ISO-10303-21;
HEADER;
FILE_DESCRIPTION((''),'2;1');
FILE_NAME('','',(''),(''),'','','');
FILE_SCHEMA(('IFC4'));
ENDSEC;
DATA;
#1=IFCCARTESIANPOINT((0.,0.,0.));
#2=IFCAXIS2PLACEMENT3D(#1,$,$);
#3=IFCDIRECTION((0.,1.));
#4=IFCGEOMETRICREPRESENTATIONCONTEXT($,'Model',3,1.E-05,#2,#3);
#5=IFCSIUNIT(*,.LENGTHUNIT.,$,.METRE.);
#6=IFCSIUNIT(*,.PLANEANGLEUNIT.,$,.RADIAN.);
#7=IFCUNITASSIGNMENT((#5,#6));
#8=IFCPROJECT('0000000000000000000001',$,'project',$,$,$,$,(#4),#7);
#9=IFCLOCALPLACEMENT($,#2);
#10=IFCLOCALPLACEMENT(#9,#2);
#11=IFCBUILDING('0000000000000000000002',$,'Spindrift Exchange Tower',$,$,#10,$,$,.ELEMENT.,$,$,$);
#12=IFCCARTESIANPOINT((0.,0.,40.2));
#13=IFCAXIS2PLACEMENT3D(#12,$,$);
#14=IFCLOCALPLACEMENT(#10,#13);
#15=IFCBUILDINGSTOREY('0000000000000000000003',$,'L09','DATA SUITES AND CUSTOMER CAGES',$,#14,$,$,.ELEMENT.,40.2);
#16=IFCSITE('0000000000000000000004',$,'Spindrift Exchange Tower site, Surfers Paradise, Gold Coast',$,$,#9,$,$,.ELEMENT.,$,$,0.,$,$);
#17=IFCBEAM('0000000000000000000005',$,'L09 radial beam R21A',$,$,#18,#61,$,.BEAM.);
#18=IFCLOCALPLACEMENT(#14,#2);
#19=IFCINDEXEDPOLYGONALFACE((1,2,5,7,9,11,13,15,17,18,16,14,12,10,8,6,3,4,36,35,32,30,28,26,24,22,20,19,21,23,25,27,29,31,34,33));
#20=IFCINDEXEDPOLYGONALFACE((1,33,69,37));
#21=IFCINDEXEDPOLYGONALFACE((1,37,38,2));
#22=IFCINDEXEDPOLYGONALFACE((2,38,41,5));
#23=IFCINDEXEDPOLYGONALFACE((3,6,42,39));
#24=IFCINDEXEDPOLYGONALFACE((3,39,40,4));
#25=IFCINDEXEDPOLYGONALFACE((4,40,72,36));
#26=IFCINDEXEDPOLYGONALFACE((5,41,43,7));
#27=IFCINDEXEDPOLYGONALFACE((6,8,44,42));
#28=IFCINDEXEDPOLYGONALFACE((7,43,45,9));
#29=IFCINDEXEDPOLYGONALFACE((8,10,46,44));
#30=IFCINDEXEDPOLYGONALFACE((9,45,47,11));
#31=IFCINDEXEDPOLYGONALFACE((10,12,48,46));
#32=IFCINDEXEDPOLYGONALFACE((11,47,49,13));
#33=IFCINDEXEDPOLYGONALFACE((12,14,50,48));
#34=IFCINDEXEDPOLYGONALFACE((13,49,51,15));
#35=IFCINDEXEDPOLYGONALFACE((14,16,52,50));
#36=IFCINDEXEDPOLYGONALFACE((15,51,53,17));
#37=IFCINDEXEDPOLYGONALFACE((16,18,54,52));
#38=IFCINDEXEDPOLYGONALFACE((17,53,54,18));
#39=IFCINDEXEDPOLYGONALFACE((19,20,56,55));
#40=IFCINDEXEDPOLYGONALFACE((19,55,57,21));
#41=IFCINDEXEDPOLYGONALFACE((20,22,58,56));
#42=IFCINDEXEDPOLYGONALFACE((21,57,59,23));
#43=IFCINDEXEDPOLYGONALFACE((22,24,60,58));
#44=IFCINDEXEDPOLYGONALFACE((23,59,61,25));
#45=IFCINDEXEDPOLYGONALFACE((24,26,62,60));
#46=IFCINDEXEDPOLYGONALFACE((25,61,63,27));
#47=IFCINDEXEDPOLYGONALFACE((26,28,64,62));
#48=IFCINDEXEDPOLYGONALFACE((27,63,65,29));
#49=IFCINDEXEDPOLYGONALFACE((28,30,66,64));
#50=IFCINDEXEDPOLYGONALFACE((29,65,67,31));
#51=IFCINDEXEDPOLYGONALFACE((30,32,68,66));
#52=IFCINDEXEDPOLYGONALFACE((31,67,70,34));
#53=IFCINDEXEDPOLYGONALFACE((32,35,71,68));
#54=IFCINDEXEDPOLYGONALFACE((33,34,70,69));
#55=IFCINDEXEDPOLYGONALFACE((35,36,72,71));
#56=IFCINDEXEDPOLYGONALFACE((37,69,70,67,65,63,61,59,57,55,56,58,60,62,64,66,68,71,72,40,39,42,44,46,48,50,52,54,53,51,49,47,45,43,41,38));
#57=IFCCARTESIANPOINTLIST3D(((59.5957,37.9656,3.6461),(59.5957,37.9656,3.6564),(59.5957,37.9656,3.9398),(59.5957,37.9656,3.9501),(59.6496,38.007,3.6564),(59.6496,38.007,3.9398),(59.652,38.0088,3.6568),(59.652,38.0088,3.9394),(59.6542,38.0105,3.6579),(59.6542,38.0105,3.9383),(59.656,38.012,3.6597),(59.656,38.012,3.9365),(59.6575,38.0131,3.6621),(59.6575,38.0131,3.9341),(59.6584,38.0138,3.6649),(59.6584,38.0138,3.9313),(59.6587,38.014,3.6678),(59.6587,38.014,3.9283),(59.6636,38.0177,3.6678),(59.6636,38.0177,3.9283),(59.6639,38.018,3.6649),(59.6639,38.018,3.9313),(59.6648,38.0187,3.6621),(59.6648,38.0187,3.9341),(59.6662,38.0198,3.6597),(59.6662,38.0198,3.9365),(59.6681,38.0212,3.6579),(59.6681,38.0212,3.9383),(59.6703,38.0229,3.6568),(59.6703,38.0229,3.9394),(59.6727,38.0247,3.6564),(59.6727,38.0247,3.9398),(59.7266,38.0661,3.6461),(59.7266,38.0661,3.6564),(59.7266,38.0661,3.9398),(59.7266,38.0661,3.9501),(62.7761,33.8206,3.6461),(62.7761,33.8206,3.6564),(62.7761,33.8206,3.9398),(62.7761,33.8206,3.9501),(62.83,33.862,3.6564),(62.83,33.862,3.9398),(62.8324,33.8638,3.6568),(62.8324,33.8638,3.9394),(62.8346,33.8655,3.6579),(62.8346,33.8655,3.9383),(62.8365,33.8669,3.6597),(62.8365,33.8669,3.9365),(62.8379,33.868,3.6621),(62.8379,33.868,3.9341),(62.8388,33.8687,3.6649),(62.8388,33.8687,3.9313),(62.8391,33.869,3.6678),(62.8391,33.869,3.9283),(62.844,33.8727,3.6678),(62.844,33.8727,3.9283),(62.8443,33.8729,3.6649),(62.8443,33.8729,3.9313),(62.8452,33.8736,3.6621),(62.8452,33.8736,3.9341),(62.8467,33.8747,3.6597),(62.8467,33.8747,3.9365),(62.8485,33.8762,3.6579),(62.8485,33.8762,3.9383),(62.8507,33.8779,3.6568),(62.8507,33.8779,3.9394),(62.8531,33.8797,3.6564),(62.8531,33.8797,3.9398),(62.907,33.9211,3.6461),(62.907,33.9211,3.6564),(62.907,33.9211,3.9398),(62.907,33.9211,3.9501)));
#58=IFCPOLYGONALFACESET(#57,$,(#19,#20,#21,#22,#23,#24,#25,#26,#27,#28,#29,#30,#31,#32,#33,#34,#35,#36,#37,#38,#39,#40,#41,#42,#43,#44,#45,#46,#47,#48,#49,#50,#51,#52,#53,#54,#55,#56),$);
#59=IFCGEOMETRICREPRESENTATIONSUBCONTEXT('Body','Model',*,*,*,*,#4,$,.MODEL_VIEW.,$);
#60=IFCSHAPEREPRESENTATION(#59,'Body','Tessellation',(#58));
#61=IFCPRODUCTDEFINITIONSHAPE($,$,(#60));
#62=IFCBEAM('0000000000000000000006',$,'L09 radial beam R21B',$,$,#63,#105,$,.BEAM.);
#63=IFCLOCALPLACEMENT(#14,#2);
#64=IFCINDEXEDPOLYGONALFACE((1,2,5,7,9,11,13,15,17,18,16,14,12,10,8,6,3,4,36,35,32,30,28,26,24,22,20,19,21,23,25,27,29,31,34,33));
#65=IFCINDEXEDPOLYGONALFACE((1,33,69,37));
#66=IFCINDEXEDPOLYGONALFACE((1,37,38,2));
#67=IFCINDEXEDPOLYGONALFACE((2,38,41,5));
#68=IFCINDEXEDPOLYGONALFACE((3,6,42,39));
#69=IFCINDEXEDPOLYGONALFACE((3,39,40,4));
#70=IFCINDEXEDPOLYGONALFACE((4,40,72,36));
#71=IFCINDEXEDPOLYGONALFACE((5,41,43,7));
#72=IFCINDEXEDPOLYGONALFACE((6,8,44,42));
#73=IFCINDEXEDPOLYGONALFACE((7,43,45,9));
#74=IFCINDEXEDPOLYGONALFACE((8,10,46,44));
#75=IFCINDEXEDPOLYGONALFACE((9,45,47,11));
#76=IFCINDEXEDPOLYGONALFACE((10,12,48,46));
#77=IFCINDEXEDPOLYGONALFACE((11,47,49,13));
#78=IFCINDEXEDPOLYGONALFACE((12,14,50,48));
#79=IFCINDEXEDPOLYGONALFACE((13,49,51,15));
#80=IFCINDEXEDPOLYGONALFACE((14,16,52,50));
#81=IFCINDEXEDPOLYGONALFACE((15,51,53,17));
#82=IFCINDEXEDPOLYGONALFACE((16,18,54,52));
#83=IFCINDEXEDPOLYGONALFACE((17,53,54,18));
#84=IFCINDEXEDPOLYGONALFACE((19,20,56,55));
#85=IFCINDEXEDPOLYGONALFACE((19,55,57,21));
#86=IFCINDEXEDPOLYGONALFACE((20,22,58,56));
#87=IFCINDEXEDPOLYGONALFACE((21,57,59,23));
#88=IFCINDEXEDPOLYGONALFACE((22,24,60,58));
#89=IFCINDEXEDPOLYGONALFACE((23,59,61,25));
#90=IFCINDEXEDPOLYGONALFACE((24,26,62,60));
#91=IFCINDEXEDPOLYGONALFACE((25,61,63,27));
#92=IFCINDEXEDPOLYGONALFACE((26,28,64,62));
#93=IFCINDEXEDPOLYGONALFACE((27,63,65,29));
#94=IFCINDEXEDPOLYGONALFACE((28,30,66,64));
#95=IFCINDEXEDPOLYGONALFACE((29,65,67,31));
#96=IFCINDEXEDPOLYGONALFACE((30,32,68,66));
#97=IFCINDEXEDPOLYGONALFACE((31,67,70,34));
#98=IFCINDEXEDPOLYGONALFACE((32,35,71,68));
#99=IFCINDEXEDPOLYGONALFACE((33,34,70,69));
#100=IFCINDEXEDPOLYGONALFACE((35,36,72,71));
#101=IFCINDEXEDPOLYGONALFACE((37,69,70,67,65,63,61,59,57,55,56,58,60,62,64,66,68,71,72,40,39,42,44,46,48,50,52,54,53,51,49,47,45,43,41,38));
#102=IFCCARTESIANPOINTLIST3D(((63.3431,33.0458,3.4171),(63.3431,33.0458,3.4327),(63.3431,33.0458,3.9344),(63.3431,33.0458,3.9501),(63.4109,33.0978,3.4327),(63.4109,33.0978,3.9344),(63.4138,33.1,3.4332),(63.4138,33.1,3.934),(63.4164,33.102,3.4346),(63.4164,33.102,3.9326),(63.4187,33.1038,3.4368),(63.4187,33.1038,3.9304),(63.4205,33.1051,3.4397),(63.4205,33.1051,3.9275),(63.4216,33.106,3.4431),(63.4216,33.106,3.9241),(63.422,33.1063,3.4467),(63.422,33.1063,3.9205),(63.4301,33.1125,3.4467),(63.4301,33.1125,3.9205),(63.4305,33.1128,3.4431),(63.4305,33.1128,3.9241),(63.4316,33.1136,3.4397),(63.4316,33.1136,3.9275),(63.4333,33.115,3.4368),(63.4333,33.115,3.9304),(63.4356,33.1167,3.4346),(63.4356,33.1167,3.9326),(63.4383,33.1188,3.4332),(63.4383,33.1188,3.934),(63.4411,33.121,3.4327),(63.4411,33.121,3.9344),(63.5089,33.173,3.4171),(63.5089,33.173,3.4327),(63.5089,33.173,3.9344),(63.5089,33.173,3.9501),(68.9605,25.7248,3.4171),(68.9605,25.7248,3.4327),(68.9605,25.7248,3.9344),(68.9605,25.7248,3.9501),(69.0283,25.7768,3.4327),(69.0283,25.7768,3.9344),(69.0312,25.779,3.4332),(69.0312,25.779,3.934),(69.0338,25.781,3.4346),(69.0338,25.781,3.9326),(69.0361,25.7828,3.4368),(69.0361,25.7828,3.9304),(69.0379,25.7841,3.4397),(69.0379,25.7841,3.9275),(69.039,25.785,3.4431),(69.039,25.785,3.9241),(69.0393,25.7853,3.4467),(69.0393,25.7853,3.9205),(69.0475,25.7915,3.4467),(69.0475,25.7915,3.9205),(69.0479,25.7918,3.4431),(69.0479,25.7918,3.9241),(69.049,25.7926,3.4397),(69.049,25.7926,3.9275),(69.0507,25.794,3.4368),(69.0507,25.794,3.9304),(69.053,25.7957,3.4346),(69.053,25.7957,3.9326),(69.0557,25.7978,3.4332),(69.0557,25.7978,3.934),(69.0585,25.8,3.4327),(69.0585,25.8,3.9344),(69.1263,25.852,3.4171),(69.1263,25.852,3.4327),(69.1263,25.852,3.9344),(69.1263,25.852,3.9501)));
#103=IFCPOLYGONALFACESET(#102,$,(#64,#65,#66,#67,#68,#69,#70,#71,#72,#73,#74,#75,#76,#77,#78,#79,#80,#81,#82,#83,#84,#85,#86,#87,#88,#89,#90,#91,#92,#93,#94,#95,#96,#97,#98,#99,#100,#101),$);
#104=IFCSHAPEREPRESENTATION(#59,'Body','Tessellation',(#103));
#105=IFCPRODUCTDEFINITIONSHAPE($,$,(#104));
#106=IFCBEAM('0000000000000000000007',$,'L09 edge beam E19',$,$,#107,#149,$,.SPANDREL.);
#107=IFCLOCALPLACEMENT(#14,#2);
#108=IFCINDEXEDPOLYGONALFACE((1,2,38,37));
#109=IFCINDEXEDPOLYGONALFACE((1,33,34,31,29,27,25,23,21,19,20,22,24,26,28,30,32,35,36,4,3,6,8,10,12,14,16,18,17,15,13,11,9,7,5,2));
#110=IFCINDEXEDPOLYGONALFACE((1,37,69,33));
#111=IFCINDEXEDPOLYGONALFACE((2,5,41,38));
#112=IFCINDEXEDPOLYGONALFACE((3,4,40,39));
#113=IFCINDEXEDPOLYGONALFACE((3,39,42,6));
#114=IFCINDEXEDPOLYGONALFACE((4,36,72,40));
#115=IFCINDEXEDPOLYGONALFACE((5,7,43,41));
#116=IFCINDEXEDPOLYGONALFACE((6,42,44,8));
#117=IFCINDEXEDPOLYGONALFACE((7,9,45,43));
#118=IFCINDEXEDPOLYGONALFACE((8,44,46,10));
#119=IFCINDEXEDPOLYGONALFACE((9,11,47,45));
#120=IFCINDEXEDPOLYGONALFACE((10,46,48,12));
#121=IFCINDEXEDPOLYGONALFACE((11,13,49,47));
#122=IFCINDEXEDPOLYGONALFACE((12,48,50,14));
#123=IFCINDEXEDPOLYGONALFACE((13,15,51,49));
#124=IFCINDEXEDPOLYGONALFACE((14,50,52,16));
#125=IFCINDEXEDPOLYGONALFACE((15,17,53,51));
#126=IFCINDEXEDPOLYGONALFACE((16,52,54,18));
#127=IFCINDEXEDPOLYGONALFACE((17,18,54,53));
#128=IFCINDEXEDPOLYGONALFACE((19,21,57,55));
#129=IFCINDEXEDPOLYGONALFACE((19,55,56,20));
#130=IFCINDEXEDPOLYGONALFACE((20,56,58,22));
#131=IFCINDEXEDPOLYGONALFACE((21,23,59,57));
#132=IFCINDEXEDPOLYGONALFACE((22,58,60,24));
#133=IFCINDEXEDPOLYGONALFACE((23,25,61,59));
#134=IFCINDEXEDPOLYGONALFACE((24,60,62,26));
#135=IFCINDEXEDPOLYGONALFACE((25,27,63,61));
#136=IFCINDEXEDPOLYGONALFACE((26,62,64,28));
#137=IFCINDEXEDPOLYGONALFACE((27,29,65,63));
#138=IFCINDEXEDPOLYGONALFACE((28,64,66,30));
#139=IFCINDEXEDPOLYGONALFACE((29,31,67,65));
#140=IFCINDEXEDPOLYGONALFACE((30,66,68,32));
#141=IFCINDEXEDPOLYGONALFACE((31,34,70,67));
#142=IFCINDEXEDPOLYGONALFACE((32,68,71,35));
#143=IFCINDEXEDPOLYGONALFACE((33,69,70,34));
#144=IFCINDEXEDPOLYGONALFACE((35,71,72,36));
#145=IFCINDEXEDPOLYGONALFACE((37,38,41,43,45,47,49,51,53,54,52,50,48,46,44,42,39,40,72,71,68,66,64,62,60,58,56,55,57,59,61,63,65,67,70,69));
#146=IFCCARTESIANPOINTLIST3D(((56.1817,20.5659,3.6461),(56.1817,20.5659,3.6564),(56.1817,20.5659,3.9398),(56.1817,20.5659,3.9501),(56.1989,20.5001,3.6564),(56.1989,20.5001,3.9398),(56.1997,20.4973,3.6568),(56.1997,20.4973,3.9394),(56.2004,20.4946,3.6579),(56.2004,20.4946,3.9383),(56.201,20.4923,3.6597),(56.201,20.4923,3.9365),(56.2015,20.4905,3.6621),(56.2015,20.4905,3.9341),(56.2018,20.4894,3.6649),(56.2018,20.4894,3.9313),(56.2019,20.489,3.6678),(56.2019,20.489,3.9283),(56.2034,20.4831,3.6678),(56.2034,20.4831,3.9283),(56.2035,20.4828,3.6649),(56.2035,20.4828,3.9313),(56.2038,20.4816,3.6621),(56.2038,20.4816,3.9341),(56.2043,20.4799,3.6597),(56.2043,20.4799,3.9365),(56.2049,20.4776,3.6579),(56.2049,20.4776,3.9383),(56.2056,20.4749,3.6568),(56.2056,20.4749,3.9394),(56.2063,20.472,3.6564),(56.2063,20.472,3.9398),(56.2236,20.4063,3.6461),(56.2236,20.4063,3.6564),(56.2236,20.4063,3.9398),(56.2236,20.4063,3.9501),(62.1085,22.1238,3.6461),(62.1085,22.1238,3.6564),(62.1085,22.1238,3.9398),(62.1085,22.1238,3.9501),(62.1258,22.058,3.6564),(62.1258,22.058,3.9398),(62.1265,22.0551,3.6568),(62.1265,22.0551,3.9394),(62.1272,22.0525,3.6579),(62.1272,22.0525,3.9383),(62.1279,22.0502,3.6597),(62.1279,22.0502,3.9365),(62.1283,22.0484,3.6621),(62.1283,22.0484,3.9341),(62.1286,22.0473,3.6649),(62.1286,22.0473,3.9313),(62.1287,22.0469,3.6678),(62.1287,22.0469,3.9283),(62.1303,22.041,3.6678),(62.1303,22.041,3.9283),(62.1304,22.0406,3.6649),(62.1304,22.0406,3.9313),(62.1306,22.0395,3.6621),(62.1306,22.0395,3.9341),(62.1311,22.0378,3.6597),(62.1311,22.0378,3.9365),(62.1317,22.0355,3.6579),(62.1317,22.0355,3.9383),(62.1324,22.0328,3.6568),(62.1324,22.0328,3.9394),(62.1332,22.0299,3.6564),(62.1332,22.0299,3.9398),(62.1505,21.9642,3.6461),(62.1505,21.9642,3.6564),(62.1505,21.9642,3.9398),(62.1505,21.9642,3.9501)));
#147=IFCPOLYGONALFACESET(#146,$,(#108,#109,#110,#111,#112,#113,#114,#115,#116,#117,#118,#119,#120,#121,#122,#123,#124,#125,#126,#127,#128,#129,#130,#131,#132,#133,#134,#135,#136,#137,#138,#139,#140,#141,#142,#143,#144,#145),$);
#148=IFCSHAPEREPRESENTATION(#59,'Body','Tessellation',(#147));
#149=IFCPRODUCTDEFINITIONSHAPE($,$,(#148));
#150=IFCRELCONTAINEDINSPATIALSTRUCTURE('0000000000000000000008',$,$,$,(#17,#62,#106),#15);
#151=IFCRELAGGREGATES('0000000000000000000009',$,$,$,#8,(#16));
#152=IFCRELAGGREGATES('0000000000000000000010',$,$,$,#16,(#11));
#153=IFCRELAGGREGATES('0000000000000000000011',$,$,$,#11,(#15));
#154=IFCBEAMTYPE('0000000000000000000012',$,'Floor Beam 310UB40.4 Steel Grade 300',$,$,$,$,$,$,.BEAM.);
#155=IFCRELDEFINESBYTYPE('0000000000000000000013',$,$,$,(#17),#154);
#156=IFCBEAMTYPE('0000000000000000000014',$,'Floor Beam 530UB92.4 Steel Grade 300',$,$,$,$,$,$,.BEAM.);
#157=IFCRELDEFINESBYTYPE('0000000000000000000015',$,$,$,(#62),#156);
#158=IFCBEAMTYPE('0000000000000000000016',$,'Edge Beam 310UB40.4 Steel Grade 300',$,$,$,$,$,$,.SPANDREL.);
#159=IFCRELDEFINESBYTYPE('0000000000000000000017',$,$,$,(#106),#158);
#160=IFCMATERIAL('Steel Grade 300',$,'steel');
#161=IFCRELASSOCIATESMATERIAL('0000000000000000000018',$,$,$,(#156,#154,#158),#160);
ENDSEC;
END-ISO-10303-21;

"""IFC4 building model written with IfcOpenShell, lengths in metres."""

from ifc_helpers import new_model, si_unit, direction, frame, origin, origin_2d, place, context, subcontext, project, spatial, i_section, extrude, source, transform, mapped, material, material_profile, profile_set, type_object, element, save


model = new_model("IFC4")

# Units and contexts
model_context = context("Model", 3, precision=1e-05, world=origin(), true_north=direction((0.0, 1.0)))
body_context = subcontext(model_context, "Body", "Model", "MODEL_VIEW")
ifc_project = project(units=[si_unit("LENGTHUNIT", "METRE"), si_unit("PLANEANGLEUNIT", "RADIAN")], contexts=[model_context])

# Site, building, storey
site_placement = place(None, origin())
site = spatial("IfcSite", under=ifc_project, at=site_placement, Name="Spindrift Exchange Tower site, Surfers Paradise, Gold Coast", CompositionType="ELEMENT", RefElevation=0.0)
building_placement = place(site_placement, origin())
building = spatial("IfcBuilding", under=site, at=building_placement, Name="Spindrift Exchange Tower", CompositionType="ELEMENT")
storey_placement = place(building_placement, frame((0.0, 0.0, 40.2)))
storey = spatial("IfcBuildingStorey", under=building, at=storey_placement, Name="L09", Description="DATA SUITES AND CUSTOMER CAGES", CompositionType="ELEMENT", Elevation=40.2)

# Beams
ifc_material_1 = material(Name="Steel Grade 300", Category="steel")
ifc_material_profile_1 = material_profile(ifc_material_1, i_section(OverallWidth=0.209, OverallDepth=0.533, WebThickness=0.0103, FlangeThickness=0.0156, FilletRadius=0.0139, at=origin_2d()), Name="530UB92.4")
ifc_profile_set_1 = profile_set([ifc_material_profile_1], Name="Steel Grade 300")
beam_type_1 = type_object("IfcBeamType", Name="Floor Beam 530UB92.4 Steel Grade 300", PredefinedType="BEAM", material=ifc_profile_set_1)
ifc_material_profile_2 = material_profile(ifc_material_1, i_section(OverallWidth=0.165, OverallDepth=0.304, WebThickness=0.0061, FlangeThickness=0.0103, FilletRadius=0.0115, at=origin_2d()), Name="310UB40.4")
ifc_profile_set_2 = profile_set([ifc_material_profile_2], Name="Steel Grade 300")
beam_type_2 = type_object("IfcBeamType", Name="Floor Beam 310UB40.4 Steel Grade 300", PredefinedType="BEAM", material=ifc_profile_set_2)
shared_shape_1 = source(origin(), body_context, "Body", "SweptSolid", [
    extrude(i_section(OverallWidth=0.165, OverallDepth=0.304, WebThickness=0.0061, FlangeThickness=0.0103, FilletRadius=0.0115, at=origin_2d()), origin(), (0.0, 0.0, 1.0), 5.2246),
])
beam_1_placement = place(storey_placement, frame((59.6611, 38.0159, 3.7981), z_axis=(0.608741, -0.793369, 0.0), x_axis=(0.793369, 0.608741, 0.0)))
element("IfcBeam", 1, at=beam_1_placement, inside=storey, type_object=beam_type_2, Name="L09 radial beam R21A", PredefinedType="BEAM", context=body_context, shape_type="MappedRepresentation", body=[
    mapped(shared_shape_1, transform((0.0, 0.0, 0.0), scale=1.0)),
])
shared_shape_2 = source(origin(), body_context, "Body", "SweptSolid", [
    extrude(i_section(OverallWidth=0.209, OverallDepth=0.533, WebThickness=0.0103, FlangeThickness=0.0156, FilletRadius=0.0139, at=origin_2d()), origin(), (0.0, 0.0, 1.0), 9.2278),
])
beam_2_placement = place(storey_placement, frame((63.426, 33.1094, 3.6836), z_axis=(0.608748, -0.793364, 0.0), x_axis=(0.793364, 0.608748, 0.0)))
element("IfcBeam", 2, at=beam_2_placement, inside=storey, type_object=beam_type_1, Name="L09 radial beam R21B", PredefinedType="BEAM", context=body_context, shape_type="MappedRepresentation", body=[
    mapped(shared_shape_2, transform((0.0, 0.0, 0.0), scale=1.0)),
])
ifc_material_profile_3 = material_profile(ifc_material_1, i_section(OverallWidth=0.165, OverallDepth=0.304, WebThickness=0.0061, FlangeThickness=0.0103, FilletRadius=0.0115, at=origin_2d()), Name="310UB40.4")
ifc_profile_set_3 = profile_set([ifc_material_profile_3], Name="Steel Grade 300")
beam_type_3 = type_object("IfcBeamType", Name="Edge Beam 310UB40.4 Steel Grade 300", PredefinedType="SPANDREL", material=ifc_profile_set_3)
shared_shape_3 = source(origin(), body_context, "Body", "SweptSolid", [
    extrude(i_section(OverallWidth=0.165, OverallDepth=0.304, WebThickness=0.0061, FlangeThickness=0.0103, FilletRadius=0.0115, at=origin_2d()), origin(), (0.0, 0.0, 1.0), 6.1282),
])
beam_3_placement = place(storey_placement, frame((56.2026, 20.4861, 3.7981), z_axis=(0.967147, 0.254217, 0.0), x_axis=(-0.254217, 0.967147, 0.0)))
element("IfcBeam", 3, at=beam_3_placement, inside=storey, type_object=beam_type_3, Name="L09 edge beam E19", PredefinedType="SPANDREL", context=body_context, shape_type="MappedRepresentation", body=[
    mapped(shared_shape_3, transform((0.0, 0.0, 0.0), scale=1.0)),
])

save(model, "model.ifc")
